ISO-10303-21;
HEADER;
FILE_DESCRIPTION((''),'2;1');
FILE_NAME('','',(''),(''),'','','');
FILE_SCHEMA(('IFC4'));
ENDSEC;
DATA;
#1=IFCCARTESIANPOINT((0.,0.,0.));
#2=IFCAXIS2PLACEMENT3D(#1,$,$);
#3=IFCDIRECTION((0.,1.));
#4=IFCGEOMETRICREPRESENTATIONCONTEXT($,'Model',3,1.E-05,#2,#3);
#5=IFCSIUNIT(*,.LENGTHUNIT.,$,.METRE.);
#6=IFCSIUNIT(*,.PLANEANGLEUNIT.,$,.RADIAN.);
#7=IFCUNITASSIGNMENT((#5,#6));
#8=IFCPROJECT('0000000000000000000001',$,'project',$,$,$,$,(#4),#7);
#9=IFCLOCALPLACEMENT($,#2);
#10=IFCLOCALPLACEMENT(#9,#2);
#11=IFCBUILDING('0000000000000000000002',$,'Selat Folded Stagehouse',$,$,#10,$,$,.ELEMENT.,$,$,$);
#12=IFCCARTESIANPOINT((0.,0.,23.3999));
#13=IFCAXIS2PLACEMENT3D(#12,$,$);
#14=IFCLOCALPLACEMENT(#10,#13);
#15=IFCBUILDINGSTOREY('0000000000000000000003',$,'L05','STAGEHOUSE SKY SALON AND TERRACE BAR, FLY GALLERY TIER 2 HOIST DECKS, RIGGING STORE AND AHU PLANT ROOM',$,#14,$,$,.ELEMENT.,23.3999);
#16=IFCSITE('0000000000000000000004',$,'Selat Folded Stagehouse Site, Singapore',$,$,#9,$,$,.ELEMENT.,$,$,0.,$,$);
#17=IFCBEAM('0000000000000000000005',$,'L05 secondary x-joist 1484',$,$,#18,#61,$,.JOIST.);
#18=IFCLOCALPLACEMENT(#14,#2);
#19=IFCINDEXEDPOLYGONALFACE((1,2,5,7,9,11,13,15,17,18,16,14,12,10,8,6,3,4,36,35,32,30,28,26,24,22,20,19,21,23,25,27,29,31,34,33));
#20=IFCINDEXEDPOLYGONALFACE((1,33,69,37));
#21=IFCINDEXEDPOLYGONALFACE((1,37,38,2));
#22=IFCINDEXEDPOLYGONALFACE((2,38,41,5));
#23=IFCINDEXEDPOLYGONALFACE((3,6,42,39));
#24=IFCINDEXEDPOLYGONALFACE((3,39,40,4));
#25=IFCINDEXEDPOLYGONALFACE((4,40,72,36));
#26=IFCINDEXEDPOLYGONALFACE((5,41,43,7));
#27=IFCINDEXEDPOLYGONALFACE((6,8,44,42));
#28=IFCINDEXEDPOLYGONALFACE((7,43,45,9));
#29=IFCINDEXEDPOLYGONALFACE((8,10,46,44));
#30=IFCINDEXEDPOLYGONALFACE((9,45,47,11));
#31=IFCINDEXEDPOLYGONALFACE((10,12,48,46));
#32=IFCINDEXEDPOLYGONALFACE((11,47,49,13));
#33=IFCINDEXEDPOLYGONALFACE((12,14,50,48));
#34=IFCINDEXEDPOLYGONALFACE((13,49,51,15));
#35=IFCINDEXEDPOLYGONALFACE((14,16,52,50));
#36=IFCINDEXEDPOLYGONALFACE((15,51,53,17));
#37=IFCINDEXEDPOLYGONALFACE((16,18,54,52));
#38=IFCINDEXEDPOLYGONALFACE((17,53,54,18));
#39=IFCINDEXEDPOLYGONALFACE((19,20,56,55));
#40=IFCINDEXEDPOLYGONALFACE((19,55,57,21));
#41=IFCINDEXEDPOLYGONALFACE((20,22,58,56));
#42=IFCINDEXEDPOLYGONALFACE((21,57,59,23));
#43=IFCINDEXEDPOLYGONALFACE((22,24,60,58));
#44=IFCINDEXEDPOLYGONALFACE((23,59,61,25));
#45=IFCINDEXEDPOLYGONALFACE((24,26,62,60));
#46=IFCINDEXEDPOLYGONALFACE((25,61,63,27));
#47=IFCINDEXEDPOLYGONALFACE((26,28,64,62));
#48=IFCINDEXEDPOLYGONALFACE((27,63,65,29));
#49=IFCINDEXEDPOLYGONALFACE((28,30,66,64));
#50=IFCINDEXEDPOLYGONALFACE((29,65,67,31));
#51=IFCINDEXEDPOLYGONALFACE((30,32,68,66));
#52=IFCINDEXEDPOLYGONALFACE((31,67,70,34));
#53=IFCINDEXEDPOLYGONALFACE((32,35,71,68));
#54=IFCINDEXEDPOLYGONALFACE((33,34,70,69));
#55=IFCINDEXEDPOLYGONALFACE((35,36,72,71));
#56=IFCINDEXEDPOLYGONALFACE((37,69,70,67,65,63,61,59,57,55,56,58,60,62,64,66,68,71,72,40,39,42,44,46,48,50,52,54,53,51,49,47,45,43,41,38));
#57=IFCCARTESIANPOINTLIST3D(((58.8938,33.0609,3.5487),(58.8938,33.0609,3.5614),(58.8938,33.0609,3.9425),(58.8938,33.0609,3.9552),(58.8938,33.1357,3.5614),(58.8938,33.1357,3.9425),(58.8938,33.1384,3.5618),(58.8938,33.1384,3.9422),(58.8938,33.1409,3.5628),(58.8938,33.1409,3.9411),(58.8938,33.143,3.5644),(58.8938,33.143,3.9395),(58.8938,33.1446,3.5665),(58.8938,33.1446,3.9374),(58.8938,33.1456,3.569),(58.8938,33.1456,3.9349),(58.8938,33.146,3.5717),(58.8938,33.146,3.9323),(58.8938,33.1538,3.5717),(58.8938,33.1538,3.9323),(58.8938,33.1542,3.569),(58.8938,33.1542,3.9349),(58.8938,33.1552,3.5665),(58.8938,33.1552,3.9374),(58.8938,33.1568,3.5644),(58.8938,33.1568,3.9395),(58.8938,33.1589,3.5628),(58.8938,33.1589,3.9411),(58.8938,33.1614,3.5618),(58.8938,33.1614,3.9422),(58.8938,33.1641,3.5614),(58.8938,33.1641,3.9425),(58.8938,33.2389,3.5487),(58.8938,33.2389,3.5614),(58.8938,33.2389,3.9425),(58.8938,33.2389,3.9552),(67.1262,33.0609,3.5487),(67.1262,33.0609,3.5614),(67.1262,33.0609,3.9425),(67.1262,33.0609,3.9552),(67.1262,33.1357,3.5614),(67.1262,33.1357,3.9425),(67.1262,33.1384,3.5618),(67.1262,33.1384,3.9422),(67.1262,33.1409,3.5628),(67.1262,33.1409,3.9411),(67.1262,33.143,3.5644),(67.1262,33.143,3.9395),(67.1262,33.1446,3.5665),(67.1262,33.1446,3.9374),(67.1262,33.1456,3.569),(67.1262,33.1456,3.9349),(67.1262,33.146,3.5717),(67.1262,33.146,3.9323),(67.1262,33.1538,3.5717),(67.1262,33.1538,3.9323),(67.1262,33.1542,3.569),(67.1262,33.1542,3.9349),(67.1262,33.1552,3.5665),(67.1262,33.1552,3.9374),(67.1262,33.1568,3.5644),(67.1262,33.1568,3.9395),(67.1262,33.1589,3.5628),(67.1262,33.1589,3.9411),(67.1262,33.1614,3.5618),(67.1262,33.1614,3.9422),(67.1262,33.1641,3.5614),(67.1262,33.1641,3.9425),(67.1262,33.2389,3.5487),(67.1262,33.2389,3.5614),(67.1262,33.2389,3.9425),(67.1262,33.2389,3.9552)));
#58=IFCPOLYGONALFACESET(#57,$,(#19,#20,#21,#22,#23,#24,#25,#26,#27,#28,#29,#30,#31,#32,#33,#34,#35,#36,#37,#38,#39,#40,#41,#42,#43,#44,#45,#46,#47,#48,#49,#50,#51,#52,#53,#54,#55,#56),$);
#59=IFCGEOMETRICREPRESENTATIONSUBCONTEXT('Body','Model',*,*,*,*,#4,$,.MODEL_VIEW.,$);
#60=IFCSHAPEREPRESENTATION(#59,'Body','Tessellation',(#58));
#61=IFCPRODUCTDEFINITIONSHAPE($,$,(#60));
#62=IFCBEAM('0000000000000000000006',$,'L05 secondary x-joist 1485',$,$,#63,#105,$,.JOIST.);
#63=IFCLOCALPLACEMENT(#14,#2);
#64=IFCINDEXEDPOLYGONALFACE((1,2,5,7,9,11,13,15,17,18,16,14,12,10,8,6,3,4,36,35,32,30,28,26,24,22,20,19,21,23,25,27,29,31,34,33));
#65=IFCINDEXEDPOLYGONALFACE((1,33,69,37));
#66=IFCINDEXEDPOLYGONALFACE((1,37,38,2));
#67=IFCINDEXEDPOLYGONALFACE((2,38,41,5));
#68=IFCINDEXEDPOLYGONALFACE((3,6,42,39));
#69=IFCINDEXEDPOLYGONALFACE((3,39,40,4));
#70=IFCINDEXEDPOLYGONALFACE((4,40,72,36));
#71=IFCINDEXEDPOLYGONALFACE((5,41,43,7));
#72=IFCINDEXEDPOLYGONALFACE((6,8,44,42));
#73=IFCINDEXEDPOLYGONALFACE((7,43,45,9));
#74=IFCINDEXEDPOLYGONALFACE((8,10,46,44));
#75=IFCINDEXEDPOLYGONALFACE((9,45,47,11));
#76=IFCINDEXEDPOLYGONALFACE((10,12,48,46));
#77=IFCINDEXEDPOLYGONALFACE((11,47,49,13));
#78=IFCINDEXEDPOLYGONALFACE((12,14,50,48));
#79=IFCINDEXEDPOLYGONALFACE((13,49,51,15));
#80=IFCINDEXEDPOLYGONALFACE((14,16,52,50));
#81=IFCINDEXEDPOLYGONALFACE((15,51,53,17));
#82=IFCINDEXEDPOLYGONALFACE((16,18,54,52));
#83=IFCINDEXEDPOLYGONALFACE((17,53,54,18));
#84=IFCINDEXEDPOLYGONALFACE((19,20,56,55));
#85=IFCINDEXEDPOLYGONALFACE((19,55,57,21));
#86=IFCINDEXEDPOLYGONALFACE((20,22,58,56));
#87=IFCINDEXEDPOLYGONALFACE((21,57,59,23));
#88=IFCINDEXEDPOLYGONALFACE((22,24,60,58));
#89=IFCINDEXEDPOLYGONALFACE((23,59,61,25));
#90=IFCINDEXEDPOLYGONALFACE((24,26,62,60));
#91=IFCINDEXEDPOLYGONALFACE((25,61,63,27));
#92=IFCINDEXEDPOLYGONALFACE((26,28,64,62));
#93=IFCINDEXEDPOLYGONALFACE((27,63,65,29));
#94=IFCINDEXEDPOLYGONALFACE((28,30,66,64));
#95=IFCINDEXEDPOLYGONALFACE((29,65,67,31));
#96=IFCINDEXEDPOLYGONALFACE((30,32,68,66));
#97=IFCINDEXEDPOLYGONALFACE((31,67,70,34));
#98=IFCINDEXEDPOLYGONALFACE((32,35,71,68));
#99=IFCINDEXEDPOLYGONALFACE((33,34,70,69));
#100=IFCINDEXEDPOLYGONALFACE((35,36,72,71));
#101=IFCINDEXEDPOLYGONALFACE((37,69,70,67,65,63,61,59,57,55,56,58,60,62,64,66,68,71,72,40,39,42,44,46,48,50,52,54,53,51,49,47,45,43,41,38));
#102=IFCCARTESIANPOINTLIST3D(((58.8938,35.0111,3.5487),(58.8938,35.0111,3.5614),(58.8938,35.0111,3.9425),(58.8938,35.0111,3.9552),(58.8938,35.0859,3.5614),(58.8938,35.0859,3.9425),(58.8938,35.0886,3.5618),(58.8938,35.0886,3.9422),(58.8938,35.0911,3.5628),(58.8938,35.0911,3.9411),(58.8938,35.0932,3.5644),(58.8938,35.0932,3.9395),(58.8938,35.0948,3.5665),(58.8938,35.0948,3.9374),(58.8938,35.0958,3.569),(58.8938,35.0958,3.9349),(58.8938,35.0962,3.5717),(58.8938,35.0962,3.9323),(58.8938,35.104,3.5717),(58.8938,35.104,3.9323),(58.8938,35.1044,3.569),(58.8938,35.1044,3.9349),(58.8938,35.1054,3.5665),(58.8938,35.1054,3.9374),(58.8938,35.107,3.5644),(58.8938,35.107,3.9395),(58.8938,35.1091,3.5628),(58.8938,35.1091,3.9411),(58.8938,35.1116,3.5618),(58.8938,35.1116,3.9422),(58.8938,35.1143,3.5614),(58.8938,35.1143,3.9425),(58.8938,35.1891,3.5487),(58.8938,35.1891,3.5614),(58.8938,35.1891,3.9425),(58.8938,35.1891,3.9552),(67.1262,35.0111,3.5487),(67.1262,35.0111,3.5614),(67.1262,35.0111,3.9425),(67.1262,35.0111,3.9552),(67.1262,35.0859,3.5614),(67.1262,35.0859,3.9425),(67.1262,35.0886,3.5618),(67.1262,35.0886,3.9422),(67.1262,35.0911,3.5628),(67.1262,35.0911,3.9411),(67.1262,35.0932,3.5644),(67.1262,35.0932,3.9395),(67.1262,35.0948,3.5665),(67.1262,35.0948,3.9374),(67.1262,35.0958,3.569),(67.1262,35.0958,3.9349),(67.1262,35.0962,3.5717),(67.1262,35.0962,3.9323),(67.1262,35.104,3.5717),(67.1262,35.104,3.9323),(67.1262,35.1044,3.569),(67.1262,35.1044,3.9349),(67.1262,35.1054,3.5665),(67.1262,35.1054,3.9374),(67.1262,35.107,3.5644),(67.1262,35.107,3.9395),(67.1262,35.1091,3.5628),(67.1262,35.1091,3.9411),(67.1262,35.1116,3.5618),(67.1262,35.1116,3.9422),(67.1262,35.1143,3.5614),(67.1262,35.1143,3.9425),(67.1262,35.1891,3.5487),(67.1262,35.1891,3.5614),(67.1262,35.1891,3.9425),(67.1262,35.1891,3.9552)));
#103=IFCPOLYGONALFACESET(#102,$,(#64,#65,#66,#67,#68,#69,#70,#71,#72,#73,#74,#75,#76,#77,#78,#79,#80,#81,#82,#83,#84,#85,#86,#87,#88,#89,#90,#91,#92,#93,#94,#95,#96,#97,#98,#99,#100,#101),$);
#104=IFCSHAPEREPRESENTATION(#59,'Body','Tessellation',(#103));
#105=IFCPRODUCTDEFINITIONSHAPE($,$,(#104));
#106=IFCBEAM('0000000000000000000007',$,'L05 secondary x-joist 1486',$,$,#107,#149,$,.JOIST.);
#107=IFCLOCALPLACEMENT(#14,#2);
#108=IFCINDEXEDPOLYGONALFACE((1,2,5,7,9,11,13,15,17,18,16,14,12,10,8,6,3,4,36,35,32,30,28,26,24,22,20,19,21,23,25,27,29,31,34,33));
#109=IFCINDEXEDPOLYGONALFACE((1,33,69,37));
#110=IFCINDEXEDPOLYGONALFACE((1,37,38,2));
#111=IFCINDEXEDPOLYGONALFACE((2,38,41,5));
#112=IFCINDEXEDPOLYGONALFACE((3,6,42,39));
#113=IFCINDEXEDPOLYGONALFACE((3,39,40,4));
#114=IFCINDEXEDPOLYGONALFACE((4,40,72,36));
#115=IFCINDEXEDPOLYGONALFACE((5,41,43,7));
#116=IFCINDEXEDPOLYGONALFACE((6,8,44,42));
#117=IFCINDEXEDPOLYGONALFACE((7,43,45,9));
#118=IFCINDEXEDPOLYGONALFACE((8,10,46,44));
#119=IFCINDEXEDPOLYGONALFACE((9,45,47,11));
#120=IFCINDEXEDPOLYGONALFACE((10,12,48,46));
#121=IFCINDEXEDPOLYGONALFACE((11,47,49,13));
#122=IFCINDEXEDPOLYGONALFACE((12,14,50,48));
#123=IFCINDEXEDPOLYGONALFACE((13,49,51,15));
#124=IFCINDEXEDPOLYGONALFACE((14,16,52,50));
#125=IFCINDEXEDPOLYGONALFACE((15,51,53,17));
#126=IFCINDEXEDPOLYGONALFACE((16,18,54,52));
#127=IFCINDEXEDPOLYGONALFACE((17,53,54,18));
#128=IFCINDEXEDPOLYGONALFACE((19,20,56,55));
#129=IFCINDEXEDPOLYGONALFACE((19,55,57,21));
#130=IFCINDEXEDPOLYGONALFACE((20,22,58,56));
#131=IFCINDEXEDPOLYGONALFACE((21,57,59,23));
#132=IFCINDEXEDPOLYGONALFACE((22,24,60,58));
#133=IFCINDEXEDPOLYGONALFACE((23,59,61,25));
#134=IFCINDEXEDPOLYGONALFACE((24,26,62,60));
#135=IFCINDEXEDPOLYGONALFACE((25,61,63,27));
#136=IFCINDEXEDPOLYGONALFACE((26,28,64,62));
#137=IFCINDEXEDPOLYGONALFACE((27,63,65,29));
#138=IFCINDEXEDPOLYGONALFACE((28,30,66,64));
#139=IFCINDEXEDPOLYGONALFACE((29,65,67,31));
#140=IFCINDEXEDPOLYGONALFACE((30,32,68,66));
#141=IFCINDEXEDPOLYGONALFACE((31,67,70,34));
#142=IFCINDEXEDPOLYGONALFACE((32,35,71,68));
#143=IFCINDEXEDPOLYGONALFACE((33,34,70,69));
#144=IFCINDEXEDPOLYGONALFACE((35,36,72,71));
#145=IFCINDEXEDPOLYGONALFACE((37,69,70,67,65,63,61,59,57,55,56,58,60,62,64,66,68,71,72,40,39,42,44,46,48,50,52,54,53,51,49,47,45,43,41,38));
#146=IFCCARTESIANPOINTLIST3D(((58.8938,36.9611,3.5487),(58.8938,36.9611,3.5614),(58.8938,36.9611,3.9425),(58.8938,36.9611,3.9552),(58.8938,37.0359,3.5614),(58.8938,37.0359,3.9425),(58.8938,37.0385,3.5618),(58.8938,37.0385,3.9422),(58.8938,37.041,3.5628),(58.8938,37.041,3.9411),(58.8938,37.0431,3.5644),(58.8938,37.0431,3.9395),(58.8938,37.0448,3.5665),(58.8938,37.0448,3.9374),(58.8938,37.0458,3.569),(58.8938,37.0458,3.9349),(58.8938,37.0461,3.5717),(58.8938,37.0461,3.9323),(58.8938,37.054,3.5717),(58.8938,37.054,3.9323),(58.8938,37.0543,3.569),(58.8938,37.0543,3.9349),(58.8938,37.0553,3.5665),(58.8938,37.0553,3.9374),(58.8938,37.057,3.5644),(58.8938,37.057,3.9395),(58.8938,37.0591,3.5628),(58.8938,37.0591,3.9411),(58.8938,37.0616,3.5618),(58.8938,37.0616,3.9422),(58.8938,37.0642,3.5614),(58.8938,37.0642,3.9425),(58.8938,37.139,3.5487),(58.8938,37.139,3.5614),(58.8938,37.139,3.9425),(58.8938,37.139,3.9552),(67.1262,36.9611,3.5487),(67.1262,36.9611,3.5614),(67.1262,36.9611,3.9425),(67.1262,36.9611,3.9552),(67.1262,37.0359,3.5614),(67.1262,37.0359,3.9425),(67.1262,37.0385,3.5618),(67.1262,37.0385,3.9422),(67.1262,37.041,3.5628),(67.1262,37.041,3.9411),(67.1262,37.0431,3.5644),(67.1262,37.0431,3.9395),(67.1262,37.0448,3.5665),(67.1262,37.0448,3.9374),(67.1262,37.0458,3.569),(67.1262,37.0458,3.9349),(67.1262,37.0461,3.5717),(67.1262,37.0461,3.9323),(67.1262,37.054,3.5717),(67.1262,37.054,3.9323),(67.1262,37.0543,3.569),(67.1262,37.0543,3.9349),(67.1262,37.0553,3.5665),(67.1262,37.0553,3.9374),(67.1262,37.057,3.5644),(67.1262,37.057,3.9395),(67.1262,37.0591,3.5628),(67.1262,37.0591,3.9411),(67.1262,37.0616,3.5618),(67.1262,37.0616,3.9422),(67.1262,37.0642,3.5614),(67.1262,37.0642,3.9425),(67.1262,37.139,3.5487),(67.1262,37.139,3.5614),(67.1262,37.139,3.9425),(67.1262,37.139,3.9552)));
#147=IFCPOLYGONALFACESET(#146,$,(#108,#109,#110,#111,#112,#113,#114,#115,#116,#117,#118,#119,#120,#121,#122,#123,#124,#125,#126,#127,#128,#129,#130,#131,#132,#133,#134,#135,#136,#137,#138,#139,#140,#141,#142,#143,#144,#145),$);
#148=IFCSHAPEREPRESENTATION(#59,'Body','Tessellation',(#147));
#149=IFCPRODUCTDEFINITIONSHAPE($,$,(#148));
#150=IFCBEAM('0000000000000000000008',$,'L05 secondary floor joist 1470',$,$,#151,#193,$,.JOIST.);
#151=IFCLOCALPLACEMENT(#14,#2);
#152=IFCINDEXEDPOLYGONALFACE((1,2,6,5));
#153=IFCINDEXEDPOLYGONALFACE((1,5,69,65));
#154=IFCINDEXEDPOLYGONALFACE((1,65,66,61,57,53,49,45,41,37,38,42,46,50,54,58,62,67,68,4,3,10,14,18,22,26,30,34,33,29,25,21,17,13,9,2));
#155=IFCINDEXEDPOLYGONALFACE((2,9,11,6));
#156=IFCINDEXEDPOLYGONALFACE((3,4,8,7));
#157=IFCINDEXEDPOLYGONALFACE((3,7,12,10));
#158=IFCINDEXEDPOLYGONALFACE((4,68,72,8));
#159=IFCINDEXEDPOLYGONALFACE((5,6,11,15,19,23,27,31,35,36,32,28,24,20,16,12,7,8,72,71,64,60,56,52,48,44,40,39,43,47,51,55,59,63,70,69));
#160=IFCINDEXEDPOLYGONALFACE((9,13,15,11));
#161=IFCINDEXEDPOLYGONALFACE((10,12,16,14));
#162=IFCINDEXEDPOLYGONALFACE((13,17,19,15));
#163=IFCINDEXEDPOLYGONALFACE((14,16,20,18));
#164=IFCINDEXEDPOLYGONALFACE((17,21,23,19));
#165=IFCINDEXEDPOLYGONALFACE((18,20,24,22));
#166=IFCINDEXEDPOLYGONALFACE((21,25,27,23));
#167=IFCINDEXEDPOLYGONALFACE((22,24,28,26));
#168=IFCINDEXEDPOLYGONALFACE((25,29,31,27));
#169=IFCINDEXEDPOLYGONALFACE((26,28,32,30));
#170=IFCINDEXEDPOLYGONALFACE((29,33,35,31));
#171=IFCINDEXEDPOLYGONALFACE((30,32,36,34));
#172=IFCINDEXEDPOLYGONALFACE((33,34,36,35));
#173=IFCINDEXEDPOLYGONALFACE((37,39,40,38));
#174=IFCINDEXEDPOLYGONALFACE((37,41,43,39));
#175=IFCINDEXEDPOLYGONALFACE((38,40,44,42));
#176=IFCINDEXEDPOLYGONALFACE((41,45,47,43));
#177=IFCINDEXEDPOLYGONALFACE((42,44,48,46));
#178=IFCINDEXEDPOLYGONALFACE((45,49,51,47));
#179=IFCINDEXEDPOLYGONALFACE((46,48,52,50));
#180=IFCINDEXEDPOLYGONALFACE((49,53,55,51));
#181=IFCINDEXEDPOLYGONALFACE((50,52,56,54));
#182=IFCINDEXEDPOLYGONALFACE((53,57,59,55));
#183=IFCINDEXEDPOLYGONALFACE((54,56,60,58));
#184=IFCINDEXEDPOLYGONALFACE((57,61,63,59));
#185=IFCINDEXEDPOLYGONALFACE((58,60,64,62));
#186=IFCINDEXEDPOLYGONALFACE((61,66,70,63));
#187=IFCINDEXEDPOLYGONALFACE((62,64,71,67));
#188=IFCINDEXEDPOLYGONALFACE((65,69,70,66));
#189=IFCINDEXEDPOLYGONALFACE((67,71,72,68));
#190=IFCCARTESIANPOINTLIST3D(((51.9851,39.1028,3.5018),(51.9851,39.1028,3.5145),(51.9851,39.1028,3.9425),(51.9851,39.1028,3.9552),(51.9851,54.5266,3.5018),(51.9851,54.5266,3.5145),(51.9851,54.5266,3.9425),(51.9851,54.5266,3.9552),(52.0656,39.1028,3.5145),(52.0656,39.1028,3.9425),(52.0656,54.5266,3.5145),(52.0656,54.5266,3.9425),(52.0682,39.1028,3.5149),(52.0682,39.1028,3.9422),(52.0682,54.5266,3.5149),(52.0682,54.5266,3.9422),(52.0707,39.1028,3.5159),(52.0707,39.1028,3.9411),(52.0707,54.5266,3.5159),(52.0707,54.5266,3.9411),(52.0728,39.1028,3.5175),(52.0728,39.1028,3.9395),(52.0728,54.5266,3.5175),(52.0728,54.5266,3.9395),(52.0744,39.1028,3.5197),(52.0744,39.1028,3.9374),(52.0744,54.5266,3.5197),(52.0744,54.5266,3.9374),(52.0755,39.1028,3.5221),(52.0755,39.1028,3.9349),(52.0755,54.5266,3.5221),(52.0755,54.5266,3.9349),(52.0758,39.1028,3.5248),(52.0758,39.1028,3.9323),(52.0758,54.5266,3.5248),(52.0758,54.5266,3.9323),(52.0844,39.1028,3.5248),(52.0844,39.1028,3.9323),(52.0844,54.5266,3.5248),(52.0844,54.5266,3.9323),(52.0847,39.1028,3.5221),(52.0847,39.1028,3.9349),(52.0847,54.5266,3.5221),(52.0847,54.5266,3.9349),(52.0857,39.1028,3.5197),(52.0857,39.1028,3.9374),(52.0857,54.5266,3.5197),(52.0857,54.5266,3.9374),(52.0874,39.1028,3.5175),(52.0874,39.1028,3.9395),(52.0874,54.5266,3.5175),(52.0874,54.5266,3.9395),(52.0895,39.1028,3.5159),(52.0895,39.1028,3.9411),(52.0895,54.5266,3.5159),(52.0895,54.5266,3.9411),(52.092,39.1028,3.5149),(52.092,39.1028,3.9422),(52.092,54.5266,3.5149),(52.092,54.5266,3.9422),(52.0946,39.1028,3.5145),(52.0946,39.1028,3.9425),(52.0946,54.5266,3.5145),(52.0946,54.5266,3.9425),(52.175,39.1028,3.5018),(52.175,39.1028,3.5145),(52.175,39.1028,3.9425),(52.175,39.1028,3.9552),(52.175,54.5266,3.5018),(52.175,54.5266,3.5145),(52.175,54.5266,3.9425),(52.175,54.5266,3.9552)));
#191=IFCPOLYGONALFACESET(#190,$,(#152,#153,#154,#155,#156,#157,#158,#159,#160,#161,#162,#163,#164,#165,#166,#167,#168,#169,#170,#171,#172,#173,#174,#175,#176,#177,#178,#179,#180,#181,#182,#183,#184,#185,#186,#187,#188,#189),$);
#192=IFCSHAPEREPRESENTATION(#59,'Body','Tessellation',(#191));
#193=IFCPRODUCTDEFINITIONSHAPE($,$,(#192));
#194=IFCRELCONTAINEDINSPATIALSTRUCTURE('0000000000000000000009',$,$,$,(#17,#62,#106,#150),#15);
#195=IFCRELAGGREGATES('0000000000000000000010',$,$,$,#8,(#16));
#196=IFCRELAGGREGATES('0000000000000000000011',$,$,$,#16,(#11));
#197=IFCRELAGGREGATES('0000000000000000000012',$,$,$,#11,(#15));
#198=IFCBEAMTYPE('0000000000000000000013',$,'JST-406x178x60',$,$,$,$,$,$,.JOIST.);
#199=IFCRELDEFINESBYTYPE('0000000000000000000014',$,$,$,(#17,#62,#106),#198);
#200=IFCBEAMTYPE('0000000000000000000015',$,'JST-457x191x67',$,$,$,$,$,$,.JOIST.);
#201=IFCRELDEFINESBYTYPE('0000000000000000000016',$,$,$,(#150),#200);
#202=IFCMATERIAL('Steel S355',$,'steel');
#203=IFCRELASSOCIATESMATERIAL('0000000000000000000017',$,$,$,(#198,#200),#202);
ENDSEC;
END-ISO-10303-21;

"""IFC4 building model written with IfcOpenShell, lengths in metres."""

from ifc_helpers import new_model, si_unit, direction, frame, origin, origin_2d, place, context, subcontext, project, spatial, i_section, extrude, material, material_profile, profile_set, type_object, element, save


model = new_model("IFC4")

# Units and contexts
model_context = context("Model", 3, precision=1e-05, world=origin(), true_north=direction((0.0, 1.0)))
body_context = subcontext(model_context, "Body", "Model", "MODEL_VIEW")
ifc_project = project(units=[si_unit("LENGTHUNIT", "METRE"), si_unit("PLANEANGLEUNIT", "RADIAN")], contexts=[model_context])

# Site, building, storey
site_placement = place(None, origin())
site = spatial("IfcSite", under=ifc_project, at=site_placement, Name="Selat Folded Stagehouse Site, Singapore", CompositionType="ELEMENT", RefElevation=0.0)
building_placement = place(site_placement, origin())
building = spatial("IfcBuilding", under=site, at=building_placement, Name="Selat Folded Stagehouse", CompositionType="ELEMENT")
storey_placement = place(building_placement, frame((0.0, 0.0, 23.3999)))
storey = spatial("IfcBuildingStorey", under=building, at=storey_placement, Name="L05", Description="STAGEHOUSE SKY SALON AND TERRACE BAR, FLY GALLERY TIER 2 HOIST DECKS, RIGGING STORE AND AHU PLANT ROOM", CompositionType="ELEMENT", Elevation=23.3999)

# Shared definitions
ifc_material_1 = material(Name="Steel S355", Category="steel")

# Beams
ifc_material_profile_1 = material_profile(ifc_material_1, i_section(OverallWidth=0.178, OverallDepth=0.4065, WebThickness=0.0078, FlangeThickness=0.0127, FilletRadius=0.0103, at=origin_2d()), Name="UKB 406x178x60")
ifc_profile_set_1 = profile_set([ifc_material_profile_1], Name="Steel S355")
beam_type_1 = type_object("IfcBeamType", Name="JST-406x178x60", PredefinedType="JOIST", material=ifc_profile_set_1)
for number, where, z_axis, x_axis, name in (
    (1, (58.8938, 33.1499, 3.752), (1.0, 0.0, 0.0), (0.0, 1.0, 0.0), "L05 secondary x-joist 1484"),
    (2, (58.8938, 35.1001, 3.752), (1.0, 0.0, 0.0), (0.0, 1.0, 0.0), "L05 secondary x-joist 1485"),
    (3, (58.8938, 37.05, 3.752), (1.0, 0.0, 0.0), (0.0, 1.0, 0.0), "L05 secondary x-joist 1486"),
):
    element("IfcBeam", number, at=place(storey_placement, frame(where, z_axis=z_axis, x_axis=x_axis)), inside=storey, type_object=beam_type_1, Name=name, PredefinedType="JOIST", context=body_context, shape_type="SweptSolid", body=[
        extrude(i_section(OverallWidth=0.178, OverallDepth=0.4065, WebThickness=0.0078, FlangeThickness=0.0127, FilletRadius=0.0103, at=origin_2d()), origin(), (0.0, 0.0, 1.0), 8.2324),
    ])
ifc_material_profile_2 = material_profile(ifc_material_1, i_section(OverallWidth=0.1899, OverallDepth=0.4534, WebThickness=0.0085, FlangeThickness=0.0127, FilletRadius=0.0103, at=origin_2d()), Name="UKB 457x191x67")
ifc_profile_set_2 = profile_set([ifc_material_profile_2], Name="Steel S355")
beam_type_2 = type_object("IfcBeamType", Name="JST-457x191x67", PredefinedType="JOIST", material=ifc_profile_set_2)
for number, where, z_axis, x_axis, name in (
    (4, (52.0801, 39.1028, 3.7285), (0.0, 1.0, 0.0), (-1.0, 0.0, 0.0), "L05 secondary floor joist 1470"),
):
    element("IfcBeam", number, at=place(storey_placement, frame(where, z_axis=z_axis, x_axis=x_axis)), inside=storey, type_object=beam_type_2, Name=name, PredefinedType="JOIST", context=body_context, shape_type="SweptSolid", body=[
        extrude(i_section(OverallWidth=0.1899, OverallDepth=0.4534, WebThickness=0.0085, FlangeThickness=0.0127, FilletRadius=0.0103, at=origin_2d()), origin(), (0.0, 0.0, 1.0), 15.4238),
    ])

save(model, "model.ifc")
